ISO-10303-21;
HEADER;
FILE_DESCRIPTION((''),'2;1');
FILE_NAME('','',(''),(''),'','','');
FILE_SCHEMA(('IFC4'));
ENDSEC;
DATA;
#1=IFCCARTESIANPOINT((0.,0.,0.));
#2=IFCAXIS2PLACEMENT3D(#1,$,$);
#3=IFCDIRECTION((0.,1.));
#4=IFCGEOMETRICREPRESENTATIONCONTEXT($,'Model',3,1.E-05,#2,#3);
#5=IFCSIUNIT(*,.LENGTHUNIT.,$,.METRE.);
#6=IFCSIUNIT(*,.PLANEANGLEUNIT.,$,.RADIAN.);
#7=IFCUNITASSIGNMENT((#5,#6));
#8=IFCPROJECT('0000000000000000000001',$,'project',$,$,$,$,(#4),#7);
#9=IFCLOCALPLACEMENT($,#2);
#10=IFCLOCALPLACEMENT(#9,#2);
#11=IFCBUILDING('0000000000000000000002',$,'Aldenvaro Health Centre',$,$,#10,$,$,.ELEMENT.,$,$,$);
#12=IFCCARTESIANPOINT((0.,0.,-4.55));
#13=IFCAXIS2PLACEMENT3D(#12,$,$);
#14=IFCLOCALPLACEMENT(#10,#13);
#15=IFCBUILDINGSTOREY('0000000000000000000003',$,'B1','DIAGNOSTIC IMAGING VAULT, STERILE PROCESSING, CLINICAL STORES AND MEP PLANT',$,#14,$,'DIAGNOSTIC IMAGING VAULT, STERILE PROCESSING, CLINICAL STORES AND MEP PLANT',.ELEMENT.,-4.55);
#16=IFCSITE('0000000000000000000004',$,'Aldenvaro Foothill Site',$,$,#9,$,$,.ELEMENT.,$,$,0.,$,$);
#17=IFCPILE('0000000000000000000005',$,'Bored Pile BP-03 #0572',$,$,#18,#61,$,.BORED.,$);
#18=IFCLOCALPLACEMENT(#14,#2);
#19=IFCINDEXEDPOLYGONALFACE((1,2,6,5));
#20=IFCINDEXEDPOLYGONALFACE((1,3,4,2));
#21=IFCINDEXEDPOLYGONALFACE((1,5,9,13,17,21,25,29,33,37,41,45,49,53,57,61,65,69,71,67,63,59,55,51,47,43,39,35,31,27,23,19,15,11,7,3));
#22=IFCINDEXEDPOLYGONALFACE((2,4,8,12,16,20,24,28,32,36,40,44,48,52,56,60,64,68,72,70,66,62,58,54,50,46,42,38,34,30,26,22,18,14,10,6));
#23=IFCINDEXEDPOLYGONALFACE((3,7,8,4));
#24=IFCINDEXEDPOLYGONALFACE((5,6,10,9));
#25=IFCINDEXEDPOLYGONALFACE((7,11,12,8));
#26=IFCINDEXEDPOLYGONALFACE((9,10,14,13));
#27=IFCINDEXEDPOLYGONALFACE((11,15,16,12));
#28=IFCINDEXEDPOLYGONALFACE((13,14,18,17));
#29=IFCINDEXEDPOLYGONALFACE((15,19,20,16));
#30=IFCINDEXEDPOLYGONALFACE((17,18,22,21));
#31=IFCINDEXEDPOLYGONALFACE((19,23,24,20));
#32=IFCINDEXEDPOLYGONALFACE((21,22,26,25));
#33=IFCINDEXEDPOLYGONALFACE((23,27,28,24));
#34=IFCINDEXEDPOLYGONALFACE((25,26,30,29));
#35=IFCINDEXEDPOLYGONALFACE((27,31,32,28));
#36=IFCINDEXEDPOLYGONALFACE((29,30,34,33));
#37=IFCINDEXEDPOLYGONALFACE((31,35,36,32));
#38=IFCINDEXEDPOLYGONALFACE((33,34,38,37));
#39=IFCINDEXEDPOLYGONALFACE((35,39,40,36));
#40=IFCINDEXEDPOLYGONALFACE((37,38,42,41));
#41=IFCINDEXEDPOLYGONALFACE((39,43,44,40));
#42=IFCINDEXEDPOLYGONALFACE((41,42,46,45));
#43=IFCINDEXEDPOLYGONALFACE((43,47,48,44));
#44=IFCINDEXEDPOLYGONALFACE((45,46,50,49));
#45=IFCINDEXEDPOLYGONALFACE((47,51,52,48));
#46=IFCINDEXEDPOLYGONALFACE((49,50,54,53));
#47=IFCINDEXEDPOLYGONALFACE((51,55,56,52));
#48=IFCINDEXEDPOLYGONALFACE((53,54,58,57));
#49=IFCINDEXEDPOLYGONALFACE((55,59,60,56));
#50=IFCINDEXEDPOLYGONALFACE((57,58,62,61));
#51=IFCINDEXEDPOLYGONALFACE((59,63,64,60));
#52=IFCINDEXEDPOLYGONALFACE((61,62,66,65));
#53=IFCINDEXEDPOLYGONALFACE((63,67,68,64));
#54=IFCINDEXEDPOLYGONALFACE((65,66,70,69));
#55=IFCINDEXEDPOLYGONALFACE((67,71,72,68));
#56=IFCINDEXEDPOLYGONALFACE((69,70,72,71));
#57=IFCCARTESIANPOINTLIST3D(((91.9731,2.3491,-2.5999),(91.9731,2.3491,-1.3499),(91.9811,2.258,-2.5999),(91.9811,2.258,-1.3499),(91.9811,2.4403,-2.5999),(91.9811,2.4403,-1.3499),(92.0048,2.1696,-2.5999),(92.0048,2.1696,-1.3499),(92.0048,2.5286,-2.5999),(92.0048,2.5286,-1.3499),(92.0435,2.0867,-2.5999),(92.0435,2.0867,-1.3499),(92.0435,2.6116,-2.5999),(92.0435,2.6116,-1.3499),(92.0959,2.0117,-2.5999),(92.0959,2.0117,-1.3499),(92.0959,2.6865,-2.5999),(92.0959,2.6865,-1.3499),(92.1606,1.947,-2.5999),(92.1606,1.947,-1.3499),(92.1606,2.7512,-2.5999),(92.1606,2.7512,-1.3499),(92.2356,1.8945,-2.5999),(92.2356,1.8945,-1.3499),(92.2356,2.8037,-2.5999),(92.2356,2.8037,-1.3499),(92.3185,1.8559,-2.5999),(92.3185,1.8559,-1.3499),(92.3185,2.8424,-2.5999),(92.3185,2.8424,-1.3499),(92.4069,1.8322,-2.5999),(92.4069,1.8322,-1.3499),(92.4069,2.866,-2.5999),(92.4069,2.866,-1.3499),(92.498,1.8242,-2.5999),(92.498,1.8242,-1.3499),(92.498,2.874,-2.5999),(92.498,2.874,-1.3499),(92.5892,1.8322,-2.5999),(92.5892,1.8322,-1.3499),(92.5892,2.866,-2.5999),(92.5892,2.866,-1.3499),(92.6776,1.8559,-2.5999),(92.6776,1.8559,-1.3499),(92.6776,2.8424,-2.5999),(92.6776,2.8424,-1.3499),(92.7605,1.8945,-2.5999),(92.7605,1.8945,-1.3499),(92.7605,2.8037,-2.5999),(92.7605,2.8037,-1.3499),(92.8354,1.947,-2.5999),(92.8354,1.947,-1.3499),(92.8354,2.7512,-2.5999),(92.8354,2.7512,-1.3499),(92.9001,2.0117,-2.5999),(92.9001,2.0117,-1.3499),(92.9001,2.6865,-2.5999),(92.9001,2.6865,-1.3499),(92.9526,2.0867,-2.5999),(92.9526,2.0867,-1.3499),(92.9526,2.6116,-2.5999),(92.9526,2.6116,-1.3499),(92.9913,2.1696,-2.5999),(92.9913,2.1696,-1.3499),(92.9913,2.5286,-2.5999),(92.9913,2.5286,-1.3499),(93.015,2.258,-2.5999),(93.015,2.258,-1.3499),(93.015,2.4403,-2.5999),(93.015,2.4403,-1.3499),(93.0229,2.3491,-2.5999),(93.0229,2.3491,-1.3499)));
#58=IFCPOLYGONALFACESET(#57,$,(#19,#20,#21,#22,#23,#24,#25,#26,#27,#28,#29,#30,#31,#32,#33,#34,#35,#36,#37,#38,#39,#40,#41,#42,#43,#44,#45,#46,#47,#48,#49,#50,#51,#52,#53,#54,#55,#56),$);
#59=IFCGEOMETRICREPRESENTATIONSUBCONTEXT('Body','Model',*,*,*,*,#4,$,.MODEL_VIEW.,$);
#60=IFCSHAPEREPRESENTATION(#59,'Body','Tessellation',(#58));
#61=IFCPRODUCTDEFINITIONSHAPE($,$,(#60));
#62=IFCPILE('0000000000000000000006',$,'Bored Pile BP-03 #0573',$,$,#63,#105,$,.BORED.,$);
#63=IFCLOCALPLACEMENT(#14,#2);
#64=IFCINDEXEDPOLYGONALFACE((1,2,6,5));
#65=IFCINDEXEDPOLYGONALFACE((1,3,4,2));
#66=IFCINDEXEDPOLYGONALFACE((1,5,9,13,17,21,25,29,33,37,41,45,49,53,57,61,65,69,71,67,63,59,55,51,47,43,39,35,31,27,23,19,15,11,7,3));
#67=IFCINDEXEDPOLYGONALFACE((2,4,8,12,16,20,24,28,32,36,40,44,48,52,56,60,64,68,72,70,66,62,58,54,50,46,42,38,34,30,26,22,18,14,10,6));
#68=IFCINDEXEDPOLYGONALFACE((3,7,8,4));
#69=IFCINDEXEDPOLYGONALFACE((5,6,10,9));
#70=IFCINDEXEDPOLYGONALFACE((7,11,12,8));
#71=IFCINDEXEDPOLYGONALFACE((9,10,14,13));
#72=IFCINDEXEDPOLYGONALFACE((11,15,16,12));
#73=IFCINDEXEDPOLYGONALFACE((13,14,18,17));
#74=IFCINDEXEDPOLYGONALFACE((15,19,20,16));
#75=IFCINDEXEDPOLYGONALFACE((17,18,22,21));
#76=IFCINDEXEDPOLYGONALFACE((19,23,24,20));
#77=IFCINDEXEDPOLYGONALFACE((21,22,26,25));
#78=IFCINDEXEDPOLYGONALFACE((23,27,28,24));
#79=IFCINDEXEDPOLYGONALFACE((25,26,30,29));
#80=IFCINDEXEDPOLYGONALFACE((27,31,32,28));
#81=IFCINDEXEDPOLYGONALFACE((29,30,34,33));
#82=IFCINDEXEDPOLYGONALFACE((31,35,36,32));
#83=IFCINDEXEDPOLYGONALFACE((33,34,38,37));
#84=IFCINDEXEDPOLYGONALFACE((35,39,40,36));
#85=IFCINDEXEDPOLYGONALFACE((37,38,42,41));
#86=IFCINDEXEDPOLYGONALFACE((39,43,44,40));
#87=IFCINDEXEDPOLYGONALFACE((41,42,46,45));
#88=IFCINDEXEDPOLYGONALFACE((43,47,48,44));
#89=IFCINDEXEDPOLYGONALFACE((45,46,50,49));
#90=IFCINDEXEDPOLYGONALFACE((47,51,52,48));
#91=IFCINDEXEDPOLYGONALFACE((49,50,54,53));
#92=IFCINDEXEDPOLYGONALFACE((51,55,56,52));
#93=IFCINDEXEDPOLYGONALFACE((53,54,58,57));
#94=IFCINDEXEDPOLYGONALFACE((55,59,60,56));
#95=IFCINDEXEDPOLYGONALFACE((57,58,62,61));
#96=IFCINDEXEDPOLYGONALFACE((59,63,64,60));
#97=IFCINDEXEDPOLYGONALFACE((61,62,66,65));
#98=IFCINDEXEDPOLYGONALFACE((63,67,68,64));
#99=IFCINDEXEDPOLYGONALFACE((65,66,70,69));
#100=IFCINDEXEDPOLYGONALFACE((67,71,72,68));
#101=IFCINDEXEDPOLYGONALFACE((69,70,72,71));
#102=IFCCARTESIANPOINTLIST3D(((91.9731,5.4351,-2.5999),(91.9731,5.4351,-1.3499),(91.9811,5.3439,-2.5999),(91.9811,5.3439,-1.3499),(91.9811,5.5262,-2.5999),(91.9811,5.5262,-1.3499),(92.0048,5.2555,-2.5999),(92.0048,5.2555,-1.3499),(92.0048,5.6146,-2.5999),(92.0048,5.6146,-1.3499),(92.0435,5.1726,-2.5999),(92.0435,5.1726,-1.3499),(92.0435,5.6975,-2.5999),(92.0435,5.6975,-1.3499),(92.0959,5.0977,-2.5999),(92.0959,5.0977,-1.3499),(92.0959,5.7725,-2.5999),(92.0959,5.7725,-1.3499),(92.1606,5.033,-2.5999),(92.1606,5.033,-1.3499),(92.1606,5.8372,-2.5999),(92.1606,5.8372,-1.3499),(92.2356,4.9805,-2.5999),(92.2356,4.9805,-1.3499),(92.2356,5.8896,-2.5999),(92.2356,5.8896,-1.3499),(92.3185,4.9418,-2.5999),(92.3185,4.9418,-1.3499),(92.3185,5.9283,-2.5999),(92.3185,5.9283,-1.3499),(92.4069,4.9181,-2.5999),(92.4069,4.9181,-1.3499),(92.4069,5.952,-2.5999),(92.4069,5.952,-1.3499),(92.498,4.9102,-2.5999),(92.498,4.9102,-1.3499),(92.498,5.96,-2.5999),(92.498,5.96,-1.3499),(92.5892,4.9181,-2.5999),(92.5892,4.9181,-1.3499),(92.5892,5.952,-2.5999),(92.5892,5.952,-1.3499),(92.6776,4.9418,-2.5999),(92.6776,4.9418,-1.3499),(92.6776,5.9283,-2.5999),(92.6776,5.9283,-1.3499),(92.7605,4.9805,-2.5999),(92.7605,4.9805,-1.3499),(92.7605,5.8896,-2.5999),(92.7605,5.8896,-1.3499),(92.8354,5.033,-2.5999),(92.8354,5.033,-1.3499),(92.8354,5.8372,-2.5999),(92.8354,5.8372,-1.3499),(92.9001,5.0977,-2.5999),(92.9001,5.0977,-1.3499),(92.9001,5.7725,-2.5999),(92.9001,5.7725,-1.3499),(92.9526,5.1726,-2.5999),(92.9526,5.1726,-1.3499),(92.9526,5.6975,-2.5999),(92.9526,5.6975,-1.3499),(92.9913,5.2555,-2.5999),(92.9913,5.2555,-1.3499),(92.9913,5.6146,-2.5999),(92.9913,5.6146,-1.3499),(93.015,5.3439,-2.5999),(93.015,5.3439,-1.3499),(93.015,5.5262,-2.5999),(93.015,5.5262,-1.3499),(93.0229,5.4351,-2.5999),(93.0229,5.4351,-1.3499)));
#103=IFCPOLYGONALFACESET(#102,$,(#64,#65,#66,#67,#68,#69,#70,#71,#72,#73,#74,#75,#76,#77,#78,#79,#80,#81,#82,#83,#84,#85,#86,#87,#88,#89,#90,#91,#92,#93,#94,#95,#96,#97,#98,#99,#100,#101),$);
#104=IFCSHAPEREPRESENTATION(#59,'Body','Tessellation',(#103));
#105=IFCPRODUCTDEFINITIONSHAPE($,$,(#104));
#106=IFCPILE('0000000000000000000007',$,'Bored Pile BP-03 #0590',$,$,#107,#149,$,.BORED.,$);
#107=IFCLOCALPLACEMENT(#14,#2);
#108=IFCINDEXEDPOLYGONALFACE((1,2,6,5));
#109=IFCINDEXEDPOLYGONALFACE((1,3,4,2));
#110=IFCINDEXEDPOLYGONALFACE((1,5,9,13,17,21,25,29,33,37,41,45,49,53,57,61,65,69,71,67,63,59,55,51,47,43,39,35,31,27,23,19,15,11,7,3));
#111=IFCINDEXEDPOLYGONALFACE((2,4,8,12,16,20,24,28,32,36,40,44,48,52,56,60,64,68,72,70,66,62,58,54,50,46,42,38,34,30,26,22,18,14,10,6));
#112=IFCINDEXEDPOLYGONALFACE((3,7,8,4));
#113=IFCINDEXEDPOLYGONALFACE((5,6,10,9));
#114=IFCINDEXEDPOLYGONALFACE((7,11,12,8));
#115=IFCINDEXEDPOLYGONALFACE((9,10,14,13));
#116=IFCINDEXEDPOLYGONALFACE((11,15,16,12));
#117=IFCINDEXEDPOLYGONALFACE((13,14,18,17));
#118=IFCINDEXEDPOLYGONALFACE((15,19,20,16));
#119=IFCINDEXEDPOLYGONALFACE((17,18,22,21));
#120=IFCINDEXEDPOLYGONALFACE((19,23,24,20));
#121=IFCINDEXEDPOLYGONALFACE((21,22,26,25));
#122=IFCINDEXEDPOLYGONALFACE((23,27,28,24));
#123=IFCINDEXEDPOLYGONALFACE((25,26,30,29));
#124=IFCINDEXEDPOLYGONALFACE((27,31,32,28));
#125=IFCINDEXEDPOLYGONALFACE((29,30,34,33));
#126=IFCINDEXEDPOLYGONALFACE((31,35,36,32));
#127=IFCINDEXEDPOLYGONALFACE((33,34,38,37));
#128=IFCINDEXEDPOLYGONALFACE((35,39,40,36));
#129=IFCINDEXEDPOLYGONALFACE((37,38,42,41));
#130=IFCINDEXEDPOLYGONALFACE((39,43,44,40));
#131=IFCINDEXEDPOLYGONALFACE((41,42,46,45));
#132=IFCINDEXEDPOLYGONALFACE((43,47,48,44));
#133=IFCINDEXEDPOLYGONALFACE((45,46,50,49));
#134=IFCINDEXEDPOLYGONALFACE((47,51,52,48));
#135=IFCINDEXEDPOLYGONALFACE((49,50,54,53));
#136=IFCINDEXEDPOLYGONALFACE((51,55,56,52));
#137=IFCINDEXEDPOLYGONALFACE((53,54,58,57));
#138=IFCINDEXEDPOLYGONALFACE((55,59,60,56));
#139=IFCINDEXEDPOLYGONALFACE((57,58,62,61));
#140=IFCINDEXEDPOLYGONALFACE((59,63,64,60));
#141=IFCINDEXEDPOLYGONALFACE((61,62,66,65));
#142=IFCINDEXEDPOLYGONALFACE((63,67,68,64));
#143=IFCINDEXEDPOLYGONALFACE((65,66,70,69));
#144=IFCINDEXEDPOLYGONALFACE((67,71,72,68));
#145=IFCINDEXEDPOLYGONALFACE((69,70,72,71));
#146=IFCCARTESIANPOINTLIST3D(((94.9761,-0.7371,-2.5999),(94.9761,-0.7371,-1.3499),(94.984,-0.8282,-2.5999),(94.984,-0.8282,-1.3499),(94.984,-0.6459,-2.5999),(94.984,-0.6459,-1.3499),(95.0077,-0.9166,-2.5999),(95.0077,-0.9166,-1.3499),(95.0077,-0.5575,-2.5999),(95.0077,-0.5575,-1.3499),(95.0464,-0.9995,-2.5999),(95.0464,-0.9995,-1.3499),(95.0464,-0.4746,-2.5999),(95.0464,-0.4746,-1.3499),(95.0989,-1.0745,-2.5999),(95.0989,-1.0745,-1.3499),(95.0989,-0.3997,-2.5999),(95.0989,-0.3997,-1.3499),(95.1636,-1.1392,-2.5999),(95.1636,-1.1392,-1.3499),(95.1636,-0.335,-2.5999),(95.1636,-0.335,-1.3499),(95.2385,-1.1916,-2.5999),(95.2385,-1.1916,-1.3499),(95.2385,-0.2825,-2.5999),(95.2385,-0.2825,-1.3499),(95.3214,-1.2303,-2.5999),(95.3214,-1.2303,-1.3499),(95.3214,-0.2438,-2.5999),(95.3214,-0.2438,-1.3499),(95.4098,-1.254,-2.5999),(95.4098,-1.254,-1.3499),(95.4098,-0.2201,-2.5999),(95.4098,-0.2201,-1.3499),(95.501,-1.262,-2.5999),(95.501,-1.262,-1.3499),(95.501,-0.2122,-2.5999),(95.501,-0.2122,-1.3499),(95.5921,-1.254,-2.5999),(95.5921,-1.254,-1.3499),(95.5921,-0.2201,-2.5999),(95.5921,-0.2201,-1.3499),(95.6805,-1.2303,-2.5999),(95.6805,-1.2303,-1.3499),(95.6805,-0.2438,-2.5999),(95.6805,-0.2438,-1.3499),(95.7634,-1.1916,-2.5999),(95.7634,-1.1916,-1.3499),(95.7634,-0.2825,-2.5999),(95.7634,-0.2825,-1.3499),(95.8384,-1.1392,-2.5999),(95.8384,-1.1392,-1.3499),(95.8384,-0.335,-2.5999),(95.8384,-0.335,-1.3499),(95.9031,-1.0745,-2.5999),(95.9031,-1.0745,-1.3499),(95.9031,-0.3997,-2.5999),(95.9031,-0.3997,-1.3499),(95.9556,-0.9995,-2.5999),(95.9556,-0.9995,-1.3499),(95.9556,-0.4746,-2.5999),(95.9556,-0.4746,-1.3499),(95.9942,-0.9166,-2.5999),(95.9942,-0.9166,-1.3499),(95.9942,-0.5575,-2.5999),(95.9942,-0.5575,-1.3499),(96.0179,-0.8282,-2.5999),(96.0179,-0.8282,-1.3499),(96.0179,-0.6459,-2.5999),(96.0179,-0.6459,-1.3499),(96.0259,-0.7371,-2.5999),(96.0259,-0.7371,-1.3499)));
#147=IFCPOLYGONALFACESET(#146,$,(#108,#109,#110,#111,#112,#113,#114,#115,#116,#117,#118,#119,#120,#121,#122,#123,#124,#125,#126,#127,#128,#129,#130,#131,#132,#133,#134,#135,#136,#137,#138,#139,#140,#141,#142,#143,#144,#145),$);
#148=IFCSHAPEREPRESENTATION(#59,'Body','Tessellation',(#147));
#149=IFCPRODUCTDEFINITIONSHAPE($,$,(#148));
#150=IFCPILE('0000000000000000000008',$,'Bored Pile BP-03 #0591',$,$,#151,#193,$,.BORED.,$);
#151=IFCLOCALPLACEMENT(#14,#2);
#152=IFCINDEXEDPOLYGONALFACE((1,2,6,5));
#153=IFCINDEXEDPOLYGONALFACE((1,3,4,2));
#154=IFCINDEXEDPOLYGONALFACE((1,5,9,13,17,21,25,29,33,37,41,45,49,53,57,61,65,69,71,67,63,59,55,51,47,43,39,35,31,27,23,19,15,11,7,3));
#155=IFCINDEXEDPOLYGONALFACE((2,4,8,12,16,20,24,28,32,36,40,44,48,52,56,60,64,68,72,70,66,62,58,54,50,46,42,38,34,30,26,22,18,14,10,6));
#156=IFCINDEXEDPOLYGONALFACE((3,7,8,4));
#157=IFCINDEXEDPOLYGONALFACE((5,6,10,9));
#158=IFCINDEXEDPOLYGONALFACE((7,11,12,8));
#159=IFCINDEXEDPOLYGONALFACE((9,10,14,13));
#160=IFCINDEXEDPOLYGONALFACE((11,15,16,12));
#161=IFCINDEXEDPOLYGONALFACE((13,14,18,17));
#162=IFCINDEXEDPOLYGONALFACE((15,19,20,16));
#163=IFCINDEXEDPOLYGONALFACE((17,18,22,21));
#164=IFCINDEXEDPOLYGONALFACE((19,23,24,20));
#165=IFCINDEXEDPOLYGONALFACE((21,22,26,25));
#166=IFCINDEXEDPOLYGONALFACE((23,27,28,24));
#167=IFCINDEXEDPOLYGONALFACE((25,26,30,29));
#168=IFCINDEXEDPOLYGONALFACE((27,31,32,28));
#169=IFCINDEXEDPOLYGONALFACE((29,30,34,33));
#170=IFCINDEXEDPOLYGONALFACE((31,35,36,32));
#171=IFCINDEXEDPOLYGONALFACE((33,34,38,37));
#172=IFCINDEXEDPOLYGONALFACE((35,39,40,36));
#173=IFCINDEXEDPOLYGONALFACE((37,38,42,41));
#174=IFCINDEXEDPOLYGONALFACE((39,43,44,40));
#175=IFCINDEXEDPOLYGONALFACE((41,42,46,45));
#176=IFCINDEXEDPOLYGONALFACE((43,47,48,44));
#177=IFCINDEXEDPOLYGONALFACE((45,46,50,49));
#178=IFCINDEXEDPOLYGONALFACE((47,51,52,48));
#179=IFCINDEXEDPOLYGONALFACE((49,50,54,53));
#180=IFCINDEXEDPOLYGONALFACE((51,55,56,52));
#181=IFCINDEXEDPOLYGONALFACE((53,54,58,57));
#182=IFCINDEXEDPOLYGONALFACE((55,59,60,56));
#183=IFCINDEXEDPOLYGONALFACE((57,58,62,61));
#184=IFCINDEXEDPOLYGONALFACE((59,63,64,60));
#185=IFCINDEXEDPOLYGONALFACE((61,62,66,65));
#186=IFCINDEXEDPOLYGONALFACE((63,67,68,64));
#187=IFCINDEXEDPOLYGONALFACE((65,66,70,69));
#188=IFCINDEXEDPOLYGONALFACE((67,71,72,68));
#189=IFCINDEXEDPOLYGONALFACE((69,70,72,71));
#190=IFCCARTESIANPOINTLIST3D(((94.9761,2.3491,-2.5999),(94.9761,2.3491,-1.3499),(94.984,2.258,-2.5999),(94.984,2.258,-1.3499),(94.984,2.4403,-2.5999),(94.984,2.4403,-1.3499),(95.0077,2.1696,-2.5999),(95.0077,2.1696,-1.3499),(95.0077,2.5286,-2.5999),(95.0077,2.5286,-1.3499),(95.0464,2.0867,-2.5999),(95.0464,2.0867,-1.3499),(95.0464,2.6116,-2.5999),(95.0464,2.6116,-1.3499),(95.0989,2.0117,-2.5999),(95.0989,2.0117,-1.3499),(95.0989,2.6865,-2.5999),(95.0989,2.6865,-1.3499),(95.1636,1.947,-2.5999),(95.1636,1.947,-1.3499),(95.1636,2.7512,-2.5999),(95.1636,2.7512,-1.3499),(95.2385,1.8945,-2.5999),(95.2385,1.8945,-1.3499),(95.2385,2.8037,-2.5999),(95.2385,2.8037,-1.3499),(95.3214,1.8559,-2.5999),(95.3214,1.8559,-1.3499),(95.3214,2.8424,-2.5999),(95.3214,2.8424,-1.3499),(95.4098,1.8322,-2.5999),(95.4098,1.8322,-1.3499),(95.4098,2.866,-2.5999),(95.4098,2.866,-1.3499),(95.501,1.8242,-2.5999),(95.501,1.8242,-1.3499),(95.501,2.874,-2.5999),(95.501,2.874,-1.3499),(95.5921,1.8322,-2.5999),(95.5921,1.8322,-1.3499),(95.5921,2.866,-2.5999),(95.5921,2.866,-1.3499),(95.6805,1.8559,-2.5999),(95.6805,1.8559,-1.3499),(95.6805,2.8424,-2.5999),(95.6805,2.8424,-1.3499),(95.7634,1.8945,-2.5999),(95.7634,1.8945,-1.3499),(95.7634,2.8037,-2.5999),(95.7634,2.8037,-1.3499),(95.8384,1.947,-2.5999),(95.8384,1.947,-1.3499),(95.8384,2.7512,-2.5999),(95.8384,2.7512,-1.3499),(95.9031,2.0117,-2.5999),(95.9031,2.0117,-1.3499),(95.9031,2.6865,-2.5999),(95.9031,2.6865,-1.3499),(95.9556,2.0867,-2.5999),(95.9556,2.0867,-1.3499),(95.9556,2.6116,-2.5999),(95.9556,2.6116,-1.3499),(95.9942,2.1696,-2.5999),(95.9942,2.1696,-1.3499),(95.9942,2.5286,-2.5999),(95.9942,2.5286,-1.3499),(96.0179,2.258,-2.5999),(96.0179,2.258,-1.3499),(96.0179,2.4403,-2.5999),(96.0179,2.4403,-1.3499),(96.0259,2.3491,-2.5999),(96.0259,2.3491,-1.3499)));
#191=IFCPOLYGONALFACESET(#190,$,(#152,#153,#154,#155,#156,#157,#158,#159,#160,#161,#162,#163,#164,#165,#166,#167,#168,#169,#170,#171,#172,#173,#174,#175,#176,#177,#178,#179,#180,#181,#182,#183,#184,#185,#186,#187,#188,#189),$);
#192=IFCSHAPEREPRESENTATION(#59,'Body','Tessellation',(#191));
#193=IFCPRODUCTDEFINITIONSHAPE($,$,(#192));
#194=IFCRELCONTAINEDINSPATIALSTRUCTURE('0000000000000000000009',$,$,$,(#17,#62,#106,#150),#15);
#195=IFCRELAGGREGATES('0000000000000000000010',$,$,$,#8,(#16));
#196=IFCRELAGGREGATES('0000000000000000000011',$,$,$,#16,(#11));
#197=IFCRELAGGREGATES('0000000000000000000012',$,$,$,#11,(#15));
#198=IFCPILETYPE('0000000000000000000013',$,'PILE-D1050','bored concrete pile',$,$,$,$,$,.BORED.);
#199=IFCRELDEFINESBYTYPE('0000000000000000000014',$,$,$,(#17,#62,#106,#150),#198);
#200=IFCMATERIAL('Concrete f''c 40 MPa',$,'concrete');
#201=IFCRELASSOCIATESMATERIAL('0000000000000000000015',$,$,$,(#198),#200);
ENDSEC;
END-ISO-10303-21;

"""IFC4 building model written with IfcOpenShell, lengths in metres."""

from ifc_helpers import new_model, si_unit, direction, frame, origin, origin_2d, place, context, subcontext, project, spatial, circle, extrude, material, material_profile, profile_set, type_object, element, save


model = new_model("IFC4")

# Units and contexts
model_context = context("Model", 3, precision=1e-05, world=origin(), true_north=direction((0.0, 1.0)))
body_context = subcontext(model_context, "Body", "Model", "MODEL_VIEW")
ifc_project = project(units=[si_unit("LENGTHUNIT", "METRE"), si_unit("PLANEANGLEUNIT", "RADIAN")], contexts=[model_context])

# Site, building, storey
site_placement = place(None, origin())
site = spatial("IfcSite", under=ifc_project, at=site_placement, Name="Aldenvaro Foothill Site", CompositionType="ELEMENT", RefElevation=0.0)
building_placement = place(site_placement, origin())
building = spatial("IfcBuilding", under=site, at=building_placement, Name="Aldenvaro Health Centre", CompositionType="ELEMENT")
storey_placement = place(building_placement, frame((0.0, 0.0, -4.55)))
storey = spatial("IfcBuildingStorey", under=building, at=storey_placement, Name="B1", Description="DIAGNOSTIC IMAGING VAULT, STERILE PROCESSING, CLINICAL STORES AND MEP PLANT", LongName="DIAGNOSTIC IMAGING VAULT, STERILE PROCESSING, CLINICAL STORES AND MEP PLANT", CompositionType="ELEMENT", Elevation=-4.55)

# Piles
ifc_material_1 = material(Name="Concrete f'c 40 MPa", Category="concrete")
ifc_material_profile_1 = material_profile(ifc_material_1, circle(Radius=0.5249, at=origin_2d()), Name="PILE D1050", Category="concrete")
ifc_profile_set_1 = profile_set([ifc_material_profile_1], Name="Concrete f'c 40 MPa")
pile_type = type_object("IfcPileType", Name="PILE-D1050", Description="bored concrete pile", PredefinedType="BORED", material=ifc_profile_set_1)
for number, where, z_axis, x_axis, name in (
    (1, (92.498, 2.3491, -1.3499), (0.0, 0.0, -1.0), (1.0, 0.0, 0.0), "Bored Pile BP-03 #0572"),
    (2, (92.498, 5.4351, -1.3499), (0.0, 0.0, -1.0), (1.0, 0.0, 0.0), "Bored Pile BP-03 #0573"),
    (3, (95.501, -0.7371, -1.3499), (0.0, 0.0, -1.0), (1.0, 0.0, 0.0), "Bored Pile BP-03 #0590"),
    (4, (95.501, 2.3491, -1.3499), (0.0, 0.0, -1.0), (1.0, 0.0, 0.0), "Bored Pile BP-03 #0591"),
):
    element("IfcPile", number, at=place(storey_placement, frame(where, z_axis=z_axis, x_axis=x_axis)), inside=storey, type_object=pile_type, Name=name, PredefinedType="BORED", context=body_context, shape_type="SweptSolid", body=[
        extrude(circle(Radius=0.5249, at=origin_2d()), origin(), (0.0, 0.0, 1.0), 1.25),
    ])

save(model, "model.ifc")
